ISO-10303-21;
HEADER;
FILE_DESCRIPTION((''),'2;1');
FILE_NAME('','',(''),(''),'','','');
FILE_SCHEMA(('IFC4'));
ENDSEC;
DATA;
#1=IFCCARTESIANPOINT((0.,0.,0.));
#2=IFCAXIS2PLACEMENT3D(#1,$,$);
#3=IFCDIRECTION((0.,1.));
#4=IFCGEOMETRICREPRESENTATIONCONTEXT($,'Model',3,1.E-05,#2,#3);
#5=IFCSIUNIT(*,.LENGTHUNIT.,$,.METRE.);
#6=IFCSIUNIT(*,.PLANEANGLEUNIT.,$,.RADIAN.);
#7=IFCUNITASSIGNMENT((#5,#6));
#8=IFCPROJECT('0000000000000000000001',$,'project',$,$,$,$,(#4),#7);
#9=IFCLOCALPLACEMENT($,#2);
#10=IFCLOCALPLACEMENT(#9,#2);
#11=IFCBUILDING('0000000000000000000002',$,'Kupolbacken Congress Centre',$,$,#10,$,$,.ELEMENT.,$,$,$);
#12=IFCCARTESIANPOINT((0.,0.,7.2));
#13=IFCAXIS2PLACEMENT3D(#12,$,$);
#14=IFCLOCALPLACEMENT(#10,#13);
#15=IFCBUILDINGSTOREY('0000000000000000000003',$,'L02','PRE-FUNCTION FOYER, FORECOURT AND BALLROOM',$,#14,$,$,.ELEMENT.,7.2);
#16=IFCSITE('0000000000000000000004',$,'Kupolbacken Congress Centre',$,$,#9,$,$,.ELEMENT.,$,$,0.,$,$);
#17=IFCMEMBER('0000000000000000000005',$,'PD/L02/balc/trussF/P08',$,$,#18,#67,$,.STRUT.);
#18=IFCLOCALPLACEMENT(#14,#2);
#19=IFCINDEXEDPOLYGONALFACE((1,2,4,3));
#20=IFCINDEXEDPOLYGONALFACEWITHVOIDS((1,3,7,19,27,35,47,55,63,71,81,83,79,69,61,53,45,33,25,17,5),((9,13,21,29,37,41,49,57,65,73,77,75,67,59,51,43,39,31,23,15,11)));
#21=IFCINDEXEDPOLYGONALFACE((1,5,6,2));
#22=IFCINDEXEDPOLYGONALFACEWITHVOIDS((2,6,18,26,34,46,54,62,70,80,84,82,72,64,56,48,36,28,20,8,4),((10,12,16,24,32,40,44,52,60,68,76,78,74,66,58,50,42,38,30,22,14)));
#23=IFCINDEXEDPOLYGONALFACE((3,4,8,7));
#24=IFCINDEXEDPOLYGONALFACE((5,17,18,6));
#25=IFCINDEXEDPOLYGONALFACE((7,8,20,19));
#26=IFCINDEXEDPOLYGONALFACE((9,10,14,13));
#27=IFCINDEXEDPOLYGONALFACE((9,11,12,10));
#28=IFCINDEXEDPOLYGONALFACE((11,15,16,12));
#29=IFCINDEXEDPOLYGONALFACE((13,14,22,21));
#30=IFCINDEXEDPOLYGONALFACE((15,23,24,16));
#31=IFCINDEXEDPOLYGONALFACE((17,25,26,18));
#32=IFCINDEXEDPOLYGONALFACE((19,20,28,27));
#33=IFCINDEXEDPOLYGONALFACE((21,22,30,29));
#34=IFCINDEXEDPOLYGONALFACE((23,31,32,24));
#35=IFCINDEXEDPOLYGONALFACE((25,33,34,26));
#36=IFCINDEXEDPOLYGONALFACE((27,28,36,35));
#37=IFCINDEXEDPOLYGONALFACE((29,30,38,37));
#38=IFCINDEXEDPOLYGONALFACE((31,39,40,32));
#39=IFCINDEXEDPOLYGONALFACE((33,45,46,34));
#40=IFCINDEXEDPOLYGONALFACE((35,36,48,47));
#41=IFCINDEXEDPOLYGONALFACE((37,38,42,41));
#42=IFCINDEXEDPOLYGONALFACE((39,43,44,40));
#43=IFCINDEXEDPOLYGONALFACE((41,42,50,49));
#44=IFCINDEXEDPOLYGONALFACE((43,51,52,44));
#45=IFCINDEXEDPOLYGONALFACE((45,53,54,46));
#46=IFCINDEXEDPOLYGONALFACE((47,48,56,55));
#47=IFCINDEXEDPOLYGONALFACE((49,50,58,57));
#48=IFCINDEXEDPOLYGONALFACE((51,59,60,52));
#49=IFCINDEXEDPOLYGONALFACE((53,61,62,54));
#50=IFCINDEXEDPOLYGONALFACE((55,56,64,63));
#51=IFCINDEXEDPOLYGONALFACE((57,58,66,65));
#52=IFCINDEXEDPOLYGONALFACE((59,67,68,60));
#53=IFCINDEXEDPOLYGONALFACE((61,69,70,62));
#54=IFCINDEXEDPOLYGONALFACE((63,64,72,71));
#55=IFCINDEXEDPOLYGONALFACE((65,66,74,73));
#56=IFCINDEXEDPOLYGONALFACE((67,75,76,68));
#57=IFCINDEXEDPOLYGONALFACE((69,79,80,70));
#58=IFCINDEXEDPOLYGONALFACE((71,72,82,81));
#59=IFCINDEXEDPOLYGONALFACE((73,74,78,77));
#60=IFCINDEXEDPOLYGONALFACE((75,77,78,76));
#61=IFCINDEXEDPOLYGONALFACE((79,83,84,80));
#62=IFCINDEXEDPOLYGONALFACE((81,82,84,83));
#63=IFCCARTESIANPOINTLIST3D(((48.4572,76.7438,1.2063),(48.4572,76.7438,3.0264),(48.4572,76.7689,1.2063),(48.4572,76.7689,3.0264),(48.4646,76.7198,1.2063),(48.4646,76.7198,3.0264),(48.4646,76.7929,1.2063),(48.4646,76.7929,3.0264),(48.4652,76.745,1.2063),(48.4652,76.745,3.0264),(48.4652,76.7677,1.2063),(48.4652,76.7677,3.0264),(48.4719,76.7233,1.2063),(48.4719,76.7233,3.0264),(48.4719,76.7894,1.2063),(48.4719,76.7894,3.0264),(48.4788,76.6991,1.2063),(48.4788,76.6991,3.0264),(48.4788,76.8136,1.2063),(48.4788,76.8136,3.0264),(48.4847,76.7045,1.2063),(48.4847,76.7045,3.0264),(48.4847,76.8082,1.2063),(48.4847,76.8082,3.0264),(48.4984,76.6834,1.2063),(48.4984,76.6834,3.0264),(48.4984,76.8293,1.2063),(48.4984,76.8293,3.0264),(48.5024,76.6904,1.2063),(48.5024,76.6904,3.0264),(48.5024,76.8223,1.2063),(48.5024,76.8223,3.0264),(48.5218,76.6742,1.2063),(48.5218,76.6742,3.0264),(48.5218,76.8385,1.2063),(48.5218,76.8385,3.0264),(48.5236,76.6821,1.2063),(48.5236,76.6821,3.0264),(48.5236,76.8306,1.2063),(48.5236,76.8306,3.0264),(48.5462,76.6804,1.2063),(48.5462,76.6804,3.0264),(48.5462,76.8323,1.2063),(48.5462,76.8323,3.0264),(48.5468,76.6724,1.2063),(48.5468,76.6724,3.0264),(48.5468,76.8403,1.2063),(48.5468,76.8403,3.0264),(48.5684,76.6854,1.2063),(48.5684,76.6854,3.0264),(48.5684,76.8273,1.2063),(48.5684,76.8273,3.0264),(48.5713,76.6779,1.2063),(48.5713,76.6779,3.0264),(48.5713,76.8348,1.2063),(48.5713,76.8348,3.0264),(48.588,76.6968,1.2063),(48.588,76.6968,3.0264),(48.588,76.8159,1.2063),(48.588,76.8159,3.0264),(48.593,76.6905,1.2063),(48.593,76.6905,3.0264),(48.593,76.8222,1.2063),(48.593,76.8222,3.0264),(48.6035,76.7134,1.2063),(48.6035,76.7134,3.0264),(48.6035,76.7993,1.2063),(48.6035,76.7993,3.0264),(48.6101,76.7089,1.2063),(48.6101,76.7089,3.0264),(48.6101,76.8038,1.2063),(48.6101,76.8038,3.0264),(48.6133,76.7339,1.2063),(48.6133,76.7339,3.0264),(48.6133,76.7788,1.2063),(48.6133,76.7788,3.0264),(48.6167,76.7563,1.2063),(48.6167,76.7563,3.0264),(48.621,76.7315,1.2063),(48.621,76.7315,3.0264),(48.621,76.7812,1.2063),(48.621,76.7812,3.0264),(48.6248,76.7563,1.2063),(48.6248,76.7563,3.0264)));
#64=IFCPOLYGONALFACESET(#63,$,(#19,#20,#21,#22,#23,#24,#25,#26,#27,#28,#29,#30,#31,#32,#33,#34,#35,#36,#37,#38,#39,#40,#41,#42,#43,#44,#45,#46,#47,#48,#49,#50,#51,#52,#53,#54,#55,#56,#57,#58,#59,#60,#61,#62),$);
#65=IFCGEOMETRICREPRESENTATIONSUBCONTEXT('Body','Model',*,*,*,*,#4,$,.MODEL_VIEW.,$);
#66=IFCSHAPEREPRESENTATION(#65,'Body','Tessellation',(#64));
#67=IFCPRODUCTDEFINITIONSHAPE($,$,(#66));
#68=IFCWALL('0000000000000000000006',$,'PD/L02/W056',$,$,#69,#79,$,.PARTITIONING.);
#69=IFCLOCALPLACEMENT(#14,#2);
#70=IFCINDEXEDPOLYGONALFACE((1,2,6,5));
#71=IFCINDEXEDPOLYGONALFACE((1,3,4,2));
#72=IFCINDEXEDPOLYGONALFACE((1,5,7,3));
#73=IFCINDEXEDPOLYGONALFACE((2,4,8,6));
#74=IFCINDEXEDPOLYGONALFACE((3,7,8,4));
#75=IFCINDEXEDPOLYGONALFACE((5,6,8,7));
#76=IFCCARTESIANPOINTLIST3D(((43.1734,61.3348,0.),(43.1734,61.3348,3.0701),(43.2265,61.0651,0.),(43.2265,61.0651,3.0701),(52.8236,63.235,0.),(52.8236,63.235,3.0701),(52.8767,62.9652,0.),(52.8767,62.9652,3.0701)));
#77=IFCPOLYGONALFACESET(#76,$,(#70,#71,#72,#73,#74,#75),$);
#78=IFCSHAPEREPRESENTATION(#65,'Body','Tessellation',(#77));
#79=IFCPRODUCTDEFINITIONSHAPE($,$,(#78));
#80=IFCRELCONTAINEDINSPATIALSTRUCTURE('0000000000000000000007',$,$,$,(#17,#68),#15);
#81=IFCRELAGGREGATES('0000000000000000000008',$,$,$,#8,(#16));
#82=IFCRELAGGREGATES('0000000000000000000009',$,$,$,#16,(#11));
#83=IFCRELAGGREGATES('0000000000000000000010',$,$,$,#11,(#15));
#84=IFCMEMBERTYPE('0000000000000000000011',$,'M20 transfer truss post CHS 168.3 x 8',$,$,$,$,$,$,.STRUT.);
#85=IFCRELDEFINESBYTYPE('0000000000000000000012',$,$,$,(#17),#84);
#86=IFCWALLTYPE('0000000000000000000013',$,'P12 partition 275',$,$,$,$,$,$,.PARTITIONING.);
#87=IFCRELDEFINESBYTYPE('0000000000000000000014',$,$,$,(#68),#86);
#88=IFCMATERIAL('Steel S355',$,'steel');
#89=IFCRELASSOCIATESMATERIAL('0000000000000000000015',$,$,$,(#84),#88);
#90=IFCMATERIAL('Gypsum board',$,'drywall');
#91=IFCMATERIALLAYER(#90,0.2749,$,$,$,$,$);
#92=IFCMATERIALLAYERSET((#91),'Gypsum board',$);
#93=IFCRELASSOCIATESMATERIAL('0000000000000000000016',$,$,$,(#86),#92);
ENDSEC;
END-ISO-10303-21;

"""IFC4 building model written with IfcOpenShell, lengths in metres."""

from ifc_helpers import new_model, si_unit, direction, frame, frame_2d, origin, origin_2d, place, context, subcontext, project, spatial, rectangle, hollow_circle, extrude, material, layer, layer_set, material_profile, profile_set, type_object, element, save


model = new_model("IFC4")

# Units and contexts
model_context = context("Model", 3, precision=1e-05, world=origin(), true_north=direction((0.0, 1.0)))
body_context = subcontext(model_context, "Body", "Model", "MODEL_VIEW")
ifc_project = project(units=[si_unit("LENGTHUNIT", "METRE"), si_unit("PLANEANGLEUNIT", "RADIAN")], contexts=[model_context])

# Site, building, storey
site_placement = place(None, origin())
site = spatial("IfcSite", under=ifc_project, at=site_placement, Name="Kupolbacken Congress Centre", CompositionType="ELEMENT", RefElevation=0.0)
building_placement = place(site_placement, origin())
building = spatial("IfcBuilding", under=site, at=building_placement, Name="Kupolbacken Congress Centre", CompositionType="ELEMENT")
storey_placement = place(building_placement, frame((0.0, 0.0, 7.2)))
storey = spatial("IfcBuildingStorey", under=building, at=storey_placement, Name="L02", Description="PRE-FUNCTION FOYER, FORECOURT AND BALLROOM", CompositionType="ELEMENT", Elevation=7.2)

# Member
ifc_material_1 = material(Name="Steel S355", Category="steel")
ifc_material_profile_1 = material_profile(ifc_material_1, hollow_circle(Radius=0.0842, WallThickness=0.0081, at=origin_2d()), Name="CHS 168.3 x 8")
ifc_profile_set_1 = profile_set([ifc_material_profile_1], Name="Steel S355")
member_type_1 = type_object("IfcMemberType", Name="M20 transfer truss post CHS 168.3 x 8", PredefinedType="STRUT", material=ifc_profile_set_1)
for number, where, z_axis, x_axis, name in (
    (1, (48.5405, 76.7563, 1.2063), (0.0, 0.0, 1.0), (1.0, 0.0, 0.0), "PD/L02/balc/trussF/P08"),
):
    element("IfcMember", number, at=place(storey_placement, frame(where, z_axis=z_axis, x_axis=x_axis)), inside=storey, type_object=member_type_1, Name=name, PredefinedType="STRUT", context=body_context, shape_type="SweptSolid", body=[
        extrude(hollow_circle(Radius=0.0842, WallThickness=0.0081, at=origin_2d()), origin(), (0.0, 0.0, 1.0), 1.8201),
    ])

# Wall
ifc_material_2 = material(Name="Gypsum board", Category="drywall")
ifc_layer = layer(ifc_material_2, 0.2749)
ifc_layer_set = layer_set([ifc_layer], Name="Gypsum board")
wall_type = type_object("IfcWallType", Name="P12 partition 275", PredefinedType="PARTITIONING", material=ifc_layer_set)
wall_placement = place(storey_placement, frame((43.2, 61.2, 0.0), z_axis=(0.0, 0.0, 1.0), x_axis=(0.981161, 0.193194, 0.0)))
element("IfcWall", 2, at=wall_placement, inside=storey, type_object=wall_type, Name="PD/L02/W056", PredefinedType="PARTITIONING", context=body_context, shape_type="SweptSolid", body=[
    extrude(rectangle(XDim=9.8354, YDim=0.2749, at=frame_2d((4.9177, 0.0))), origin(), (0.0, 0.0, 1.0), 3.0701),
])

save(model, "model.ifc")
